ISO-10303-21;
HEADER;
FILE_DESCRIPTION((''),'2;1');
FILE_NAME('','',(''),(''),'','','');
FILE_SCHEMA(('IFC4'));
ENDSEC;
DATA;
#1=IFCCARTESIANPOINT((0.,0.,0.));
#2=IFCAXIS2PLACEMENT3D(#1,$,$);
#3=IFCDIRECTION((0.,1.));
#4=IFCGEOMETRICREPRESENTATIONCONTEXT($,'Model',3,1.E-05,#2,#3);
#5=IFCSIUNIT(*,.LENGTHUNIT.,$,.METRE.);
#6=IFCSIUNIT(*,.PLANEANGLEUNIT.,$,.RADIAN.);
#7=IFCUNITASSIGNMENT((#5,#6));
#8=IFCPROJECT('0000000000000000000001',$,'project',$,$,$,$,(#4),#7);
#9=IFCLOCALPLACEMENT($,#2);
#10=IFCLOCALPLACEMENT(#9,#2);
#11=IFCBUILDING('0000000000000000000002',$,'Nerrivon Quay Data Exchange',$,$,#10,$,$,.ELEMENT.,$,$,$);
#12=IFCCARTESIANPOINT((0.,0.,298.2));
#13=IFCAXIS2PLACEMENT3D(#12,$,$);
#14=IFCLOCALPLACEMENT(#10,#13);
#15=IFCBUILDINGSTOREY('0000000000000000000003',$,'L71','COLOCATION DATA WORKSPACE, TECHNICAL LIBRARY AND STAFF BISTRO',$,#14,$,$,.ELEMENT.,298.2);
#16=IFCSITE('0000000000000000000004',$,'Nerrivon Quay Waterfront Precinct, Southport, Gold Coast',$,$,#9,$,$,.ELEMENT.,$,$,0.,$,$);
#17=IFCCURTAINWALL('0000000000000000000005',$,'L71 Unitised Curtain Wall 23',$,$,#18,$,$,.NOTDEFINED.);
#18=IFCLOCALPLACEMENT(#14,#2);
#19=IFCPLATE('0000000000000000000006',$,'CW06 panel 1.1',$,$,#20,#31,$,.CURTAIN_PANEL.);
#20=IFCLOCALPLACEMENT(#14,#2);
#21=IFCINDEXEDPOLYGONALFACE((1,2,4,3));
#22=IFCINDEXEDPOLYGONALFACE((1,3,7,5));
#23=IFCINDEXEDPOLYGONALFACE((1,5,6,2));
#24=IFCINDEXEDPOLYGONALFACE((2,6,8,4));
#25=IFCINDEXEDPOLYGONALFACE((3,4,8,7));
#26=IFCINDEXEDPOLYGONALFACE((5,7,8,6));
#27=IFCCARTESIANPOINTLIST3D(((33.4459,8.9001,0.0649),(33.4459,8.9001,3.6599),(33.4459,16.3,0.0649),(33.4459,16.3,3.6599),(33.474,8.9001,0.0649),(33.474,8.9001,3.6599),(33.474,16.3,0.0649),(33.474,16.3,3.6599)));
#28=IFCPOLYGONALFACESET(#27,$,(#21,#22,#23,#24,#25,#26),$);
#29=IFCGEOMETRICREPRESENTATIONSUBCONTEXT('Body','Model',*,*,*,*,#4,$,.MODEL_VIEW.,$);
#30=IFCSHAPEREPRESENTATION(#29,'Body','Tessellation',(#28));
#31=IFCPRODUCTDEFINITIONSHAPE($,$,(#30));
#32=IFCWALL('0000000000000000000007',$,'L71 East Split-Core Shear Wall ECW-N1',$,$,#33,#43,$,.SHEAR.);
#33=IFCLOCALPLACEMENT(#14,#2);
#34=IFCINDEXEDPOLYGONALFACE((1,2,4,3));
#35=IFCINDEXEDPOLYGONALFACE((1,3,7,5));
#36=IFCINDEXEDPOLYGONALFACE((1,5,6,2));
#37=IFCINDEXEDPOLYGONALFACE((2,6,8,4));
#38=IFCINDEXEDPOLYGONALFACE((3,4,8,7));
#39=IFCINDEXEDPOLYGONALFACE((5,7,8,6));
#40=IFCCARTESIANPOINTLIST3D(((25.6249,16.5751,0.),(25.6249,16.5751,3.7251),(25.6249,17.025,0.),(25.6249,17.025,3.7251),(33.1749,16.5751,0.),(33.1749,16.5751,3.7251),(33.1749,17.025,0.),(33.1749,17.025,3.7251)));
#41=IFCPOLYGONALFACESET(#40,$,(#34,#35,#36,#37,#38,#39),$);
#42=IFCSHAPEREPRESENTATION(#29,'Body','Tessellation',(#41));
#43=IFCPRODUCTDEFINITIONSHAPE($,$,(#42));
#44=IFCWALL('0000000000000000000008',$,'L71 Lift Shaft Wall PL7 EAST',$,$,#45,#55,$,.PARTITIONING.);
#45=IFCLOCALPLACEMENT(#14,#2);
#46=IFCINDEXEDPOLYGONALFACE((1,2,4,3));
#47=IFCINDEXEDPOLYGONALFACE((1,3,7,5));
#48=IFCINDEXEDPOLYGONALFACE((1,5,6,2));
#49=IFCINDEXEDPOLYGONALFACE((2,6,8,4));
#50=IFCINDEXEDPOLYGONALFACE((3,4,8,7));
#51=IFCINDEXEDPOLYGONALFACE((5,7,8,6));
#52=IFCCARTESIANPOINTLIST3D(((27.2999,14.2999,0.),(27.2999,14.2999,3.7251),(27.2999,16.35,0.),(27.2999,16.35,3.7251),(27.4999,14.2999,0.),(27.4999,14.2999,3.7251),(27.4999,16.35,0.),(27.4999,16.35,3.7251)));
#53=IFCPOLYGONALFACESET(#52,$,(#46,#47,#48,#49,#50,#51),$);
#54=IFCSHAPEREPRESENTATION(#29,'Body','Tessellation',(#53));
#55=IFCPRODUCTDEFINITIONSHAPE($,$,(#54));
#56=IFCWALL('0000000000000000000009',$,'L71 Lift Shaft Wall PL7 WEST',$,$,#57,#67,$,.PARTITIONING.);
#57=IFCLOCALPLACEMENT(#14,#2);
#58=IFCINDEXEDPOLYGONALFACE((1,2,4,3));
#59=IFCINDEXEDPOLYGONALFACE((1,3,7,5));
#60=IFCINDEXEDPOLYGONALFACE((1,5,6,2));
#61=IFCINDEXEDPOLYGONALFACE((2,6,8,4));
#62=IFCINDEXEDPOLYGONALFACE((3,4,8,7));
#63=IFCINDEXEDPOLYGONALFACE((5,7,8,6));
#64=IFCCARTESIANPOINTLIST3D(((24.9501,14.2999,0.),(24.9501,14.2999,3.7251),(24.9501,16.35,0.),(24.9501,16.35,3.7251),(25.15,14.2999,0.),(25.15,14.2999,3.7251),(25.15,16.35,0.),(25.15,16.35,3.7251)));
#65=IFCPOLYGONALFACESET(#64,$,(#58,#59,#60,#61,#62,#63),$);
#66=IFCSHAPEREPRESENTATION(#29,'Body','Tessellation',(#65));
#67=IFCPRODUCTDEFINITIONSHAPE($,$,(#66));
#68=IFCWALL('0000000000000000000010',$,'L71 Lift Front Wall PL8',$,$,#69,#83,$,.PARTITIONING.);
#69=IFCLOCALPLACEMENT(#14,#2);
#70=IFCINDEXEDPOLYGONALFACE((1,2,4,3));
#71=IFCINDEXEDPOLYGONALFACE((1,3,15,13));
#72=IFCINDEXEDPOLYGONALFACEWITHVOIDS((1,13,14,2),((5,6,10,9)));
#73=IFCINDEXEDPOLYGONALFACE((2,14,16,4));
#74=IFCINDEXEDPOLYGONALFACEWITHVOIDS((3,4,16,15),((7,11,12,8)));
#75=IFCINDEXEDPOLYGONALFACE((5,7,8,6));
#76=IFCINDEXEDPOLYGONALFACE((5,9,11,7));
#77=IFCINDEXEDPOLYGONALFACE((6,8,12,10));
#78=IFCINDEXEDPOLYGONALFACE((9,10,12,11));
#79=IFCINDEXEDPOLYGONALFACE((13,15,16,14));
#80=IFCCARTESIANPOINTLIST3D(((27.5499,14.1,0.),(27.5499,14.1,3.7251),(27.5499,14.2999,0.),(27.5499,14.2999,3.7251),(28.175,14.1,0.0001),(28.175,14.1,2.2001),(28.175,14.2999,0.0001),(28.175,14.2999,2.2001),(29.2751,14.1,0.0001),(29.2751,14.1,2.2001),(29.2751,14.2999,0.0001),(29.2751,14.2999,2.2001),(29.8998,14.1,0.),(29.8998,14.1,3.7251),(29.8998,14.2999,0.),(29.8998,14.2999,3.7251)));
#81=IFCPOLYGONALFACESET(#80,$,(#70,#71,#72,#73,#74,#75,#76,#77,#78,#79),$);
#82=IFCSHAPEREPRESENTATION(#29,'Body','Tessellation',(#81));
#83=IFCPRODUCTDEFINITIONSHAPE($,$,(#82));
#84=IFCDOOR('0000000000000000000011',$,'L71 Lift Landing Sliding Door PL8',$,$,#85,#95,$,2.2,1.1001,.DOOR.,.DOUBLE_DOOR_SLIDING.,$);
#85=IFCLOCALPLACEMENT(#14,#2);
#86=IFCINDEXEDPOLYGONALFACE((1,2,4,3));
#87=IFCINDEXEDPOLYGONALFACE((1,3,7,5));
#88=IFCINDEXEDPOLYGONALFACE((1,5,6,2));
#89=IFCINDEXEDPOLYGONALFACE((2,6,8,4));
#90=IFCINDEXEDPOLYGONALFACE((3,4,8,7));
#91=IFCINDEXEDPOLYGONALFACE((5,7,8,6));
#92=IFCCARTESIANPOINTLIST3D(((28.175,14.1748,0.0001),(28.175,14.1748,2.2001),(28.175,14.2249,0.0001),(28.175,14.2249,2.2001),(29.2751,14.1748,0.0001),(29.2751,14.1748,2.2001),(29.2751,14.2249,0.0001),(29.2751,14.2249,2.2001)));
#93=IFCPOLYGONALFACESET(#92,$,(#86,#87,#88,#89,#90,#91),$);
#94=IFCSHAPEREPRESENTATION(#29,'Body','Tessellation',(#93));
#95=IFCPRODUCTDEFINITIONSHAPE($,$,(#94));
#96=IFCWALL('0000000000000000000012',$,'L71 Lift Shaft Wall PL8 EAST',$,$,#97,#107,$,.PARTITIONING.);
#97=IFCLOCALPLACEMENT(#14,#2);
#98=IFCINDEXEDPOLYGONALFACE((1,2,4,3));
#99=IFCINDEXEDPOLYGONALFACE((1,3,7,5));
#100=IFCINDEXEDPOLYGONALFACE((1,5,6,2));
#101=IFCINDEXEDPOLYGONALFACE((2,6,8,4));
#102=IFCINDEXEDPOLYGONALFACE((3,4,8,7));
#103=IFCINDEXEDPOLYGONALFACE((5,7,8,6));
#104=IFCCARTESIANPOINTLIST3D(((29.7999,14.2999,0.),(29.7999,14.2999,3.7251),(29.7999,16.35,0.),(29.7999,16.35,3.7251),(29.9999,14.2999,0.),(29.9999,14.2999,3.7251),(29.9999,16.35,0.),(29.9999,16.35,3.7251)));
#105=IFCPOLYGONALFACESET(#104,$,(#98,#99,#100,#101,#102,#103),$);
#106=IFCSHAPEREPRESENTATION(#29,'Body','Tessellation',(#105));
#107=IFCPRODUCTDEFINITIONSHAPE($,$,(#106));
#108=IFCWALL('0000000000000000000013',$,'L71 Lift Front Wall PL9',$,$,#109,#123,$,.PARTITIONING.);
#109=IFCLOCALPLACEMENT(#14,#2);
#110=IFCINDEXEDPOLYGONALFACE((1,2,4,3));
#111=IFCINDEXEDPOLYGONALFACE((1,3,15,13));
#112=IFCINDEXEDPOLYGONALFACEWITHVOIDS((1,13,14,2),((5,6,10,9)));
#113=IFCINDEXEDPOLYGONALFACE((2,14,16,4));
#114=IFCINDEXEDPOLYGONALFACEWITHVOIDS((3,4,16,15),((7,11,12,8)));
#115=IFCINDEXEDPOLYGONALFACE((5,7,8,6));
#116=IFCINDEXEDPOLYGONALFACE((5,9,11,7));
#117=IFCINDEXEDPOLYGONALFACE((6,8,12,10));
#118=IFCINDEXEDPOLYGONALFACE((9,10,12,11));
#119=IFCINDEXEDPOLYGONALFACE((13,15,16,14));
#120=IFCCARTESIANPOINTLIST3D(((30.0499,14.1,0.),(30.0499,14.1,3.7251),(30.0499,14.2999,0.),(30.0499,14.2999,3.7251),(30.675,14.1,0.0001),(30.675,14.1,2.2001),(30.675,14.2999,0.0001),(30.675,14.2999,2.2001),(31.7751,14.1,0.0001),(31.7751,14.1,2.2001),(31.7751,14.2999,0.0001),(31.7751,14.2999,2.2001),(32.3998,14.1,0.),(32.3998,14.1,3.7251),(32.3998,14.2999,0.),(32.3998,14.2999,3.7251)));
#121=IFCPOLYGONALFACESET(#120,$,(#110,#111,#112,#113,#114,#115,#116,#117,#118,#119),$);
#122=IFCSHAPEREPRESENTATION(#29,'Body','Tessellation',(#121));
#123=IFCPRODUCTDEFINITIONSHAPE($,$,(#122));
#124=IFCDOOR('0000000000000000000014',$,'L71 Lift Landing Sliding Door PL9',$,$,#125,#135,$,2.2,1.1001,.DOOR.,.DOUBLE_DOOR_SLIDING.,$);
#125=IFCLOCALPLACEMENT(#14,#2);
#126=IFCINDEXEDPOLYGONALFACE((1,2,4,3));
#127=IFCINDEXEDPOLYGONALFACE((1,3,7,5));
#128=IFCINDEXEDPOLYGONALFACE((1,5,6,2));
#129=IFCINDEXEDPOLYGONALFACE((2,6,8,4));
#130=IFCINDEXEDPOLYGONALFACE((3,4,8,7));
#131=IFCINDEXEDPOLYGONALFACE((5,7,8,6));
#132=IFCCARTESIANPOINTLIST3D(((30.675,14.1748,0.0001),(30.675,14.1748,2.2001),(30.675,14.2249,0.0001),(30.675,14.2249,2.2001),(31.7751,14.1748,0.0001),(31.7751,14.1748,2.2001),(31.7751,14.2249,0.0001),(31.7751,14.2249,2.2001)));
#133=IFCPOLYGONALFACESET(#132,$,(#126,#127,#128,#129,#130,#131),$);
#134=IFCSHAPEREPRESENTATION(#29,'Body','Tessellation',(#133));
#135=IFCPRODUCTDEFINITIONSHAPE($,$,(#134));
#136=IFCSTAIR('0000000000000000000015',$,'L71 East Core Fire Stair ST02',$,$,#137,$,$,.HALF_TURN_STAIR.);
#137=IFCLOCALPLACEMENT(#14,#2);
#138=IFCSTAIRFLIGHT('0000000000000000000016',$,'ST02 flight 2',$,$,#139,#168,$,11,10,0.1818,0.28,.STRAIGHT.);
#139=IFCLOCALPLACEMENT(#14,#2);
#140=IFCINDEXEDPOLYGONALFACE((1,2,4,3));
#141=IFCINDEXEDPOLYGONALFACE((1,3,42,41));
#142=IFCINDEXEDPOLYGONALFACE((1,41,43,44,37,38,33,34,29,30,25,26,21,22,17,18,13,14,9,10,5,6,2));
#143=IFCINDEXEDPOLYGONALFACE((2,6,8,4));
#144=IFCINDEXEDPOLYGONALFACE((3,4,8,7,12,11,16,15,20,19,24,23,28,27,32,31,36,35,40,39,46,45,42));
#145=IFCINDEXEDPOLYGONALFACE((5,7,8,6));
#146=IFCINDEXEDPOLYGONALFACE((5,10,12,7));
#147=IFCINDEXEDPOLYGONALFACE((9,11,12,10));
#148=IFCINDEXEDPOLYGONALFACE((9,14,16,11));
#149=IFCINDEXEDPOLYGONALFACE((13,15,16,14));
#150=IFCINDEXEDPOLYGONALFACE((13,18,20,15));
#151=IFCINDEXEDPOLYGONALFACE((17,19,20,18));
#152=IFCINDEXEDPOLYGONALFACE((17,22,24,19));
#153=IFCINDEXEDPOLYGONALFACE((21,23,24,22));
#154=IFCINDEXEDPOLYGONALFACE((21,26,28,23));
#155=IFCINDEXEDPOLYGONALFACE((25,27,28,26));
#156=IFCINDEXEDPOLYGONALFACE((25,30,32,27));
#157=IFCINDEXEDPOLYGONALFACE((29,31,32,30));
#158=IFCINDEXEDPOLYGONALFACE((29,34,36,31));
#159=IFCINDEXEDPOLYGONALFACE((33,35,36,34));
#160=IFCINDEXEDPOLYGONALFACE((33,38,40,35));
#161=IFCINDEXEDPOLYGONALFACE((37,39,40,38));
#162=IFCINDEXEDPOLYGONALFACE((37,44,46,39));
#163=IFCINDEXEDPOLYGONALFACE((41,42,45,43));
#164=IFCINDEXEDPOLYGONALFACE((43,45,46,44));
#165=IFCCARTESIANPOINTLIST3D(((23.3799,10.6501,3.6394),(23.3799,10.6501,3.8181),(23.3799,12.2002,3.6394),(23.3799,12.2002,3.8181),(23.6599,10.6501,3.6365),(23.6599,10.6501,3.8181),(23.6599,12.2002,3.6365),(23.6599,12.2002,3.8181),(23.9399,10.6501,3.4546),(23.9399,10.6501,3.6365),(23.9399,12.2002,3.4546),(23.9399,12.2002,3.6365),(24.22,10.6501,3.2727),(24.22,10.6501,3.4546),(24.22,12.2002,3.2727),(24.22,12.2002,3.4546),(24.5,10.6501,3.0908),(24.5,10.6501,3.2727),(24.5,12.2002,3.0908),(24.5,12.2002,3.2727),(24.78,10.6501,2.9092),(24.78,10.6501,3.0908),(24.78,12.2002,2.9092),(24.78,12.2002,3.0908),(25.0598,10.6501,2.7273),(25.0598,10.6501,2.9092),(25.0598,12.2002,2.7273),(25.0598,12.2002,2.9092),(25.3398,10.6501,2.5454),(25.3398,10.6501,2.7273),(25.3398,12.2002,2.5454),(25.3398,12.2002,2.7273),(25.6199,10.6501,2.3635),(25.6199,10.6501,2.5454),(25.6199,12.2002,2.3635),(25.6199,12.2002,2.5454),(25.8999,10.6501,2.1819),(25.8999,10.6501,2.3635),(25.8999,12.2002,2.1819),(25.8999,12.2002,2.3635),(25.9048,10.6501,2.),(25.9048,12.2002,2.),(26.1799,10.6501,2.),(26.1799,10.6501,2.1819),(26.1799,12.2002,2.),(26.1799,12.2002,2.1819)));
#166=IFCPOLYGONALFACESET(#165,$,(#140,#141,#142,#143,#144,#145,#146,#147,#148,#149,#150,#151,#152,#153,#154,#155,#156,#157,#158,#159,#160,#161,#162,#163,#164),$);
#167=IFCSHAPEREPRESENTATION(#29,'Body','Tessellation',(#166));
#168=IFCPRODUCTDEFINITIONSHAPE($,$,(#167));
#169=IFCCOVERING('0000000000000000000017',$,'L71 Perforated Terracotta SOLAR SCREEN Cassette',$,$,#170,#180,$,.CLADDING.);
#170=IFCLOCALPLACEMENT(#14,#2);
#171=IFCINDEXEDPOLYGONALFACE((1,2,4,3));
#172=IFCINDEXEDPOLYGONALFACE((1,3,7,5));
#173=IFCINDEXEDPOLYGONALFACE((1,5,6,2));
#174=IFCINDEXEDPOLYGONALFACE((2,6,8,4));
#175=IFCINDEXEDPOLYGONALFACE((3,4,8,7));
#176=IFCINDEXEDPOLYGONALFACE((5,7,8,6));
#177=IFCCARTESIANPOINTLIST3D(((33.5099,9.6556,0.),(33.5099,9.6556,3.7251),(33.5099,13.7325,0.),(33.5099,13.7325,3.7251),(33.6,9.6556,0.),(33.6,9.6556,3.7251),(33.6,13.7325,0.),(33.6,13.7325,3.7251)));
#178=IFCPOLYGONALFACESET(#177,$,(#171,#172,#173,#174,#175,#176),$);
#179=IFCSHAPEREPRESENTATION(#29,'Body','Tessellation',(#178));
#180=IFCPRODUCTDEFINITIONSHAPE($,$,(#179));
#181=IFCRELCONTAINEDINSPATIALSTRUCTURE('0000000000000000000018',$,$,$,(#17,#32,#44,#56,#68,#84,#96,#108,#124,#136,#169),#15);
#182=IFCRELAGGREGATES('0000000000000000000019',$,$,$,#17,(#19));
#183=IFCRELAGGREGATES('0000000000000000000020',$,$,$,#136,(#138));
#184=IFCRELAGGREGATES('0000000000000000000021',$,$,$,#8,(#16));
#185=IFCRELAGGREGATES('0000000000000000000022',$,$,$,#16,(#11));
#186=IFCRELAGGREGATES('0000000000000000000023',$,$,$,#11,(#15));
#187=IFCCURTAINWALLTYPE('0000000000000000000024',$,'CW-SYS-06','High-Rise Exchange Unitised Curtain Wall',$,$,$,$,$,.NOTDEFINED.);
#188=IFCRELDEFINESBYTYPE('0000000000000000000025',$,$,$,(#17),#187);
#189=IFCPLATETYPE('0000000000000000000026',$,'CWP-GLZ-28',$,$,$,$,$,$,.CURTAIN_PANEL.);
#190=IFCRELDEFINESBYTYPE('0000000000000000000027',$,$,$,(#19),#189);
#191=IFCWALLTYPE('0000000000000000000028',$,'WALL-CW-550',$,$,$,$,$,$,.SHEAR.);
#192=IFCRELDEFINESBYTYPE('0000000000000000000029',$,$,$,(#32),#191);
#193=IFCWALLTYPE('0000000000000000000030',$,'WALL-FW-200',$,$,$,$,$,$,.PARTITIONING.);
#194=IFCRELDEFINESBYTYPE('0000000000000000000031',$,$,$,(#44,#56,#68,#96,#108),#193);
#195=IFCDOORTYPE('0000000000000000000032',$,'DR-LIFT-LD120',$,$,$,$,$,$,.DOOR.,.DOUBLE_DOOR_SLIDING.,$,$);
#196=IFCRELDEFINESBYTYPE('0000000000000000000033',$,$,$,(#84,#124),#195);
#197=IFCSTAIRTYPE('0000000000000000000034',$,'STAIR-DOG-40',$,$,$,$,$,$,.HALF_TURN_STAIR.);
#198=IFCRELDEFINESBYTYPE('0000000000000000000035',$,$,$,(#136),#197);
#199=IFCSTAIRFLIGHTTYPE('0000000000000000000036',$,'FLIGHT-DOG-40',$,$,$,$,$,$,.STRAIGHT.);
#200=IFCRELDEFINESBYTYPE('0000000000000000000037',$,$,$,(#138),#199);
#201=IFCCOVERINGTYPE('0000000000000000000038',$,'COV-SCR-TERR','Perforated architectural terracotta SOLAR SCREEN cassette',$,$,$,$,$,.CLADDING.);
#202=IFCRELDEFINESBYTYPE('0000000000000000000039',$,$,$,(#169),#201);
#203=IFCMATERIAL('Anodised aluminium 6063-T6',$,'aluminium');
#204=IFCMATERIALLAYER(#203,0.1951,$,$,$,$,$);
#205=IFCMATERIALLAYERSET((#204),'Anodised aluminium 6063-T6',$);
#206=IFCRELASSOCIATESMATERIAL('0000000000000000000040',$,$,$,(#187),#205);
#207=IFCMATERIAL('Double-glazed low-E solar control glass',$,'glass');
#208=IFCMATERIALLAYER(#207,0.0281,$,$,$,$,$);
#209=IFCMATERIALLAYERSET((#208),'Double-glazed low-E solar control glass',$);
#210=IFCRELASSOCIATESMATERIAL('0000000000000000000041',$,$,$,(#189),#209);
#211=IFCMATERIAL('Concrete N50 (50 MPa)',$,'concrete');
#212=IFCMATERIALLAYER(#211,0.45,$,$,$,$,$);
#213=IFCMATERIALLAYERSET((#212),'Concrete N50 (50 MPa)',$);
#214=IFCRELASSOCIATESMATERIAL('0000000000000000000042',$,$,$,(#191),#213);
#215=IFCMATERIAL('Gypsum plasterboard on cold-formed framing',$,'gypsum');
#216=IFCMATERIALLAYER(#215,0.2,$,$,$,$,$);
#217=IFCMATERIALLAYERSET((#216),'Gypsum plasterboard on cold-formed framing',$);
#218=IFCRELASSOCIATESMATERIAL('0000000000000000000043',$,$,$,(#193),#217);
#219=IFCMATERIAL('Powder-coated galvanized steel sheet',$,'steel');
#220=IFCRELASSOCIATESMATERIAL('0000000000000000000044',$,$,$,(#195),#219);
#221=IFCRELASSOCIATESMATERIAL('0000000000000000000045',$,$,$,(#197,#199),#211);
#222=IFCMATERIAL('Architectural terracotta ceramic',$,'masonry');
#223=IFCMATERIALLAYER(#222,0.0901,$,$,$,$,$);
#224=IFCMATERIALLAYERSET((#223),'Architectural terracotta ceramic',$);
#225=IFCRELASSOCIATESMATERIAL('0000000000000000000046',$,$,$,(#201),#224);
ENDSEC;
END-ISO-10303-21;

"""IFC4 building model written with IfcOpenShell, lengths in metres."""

from ifc_helpers import new_model, si_unit, direction, frame, frame_2d, origin, origin_2d, place, context, subcontext, project, spatial, polyline, rectangle, outline, extrude, material, layer, layer_set, type_object, element, fill, aggregate, save


model = new_model("IFC4")

# Units and contexts
model_context = context("Model", 3, precision=1e-05, world=origin(), true_north=direction((0.0, 1.0)))
body_context = subcontext(model_context, "Body", "Model", "MODEL_VIEW")
ifc_project = project(units=[si_unit("LENGTHUNIT", "METRE"), si_unit("PLANEANGLEUNIT", "RADIAN")], contexts=[model_context])

# Site, building, storey
site_placement = place(None, origin())
site = spatial("IfcSite", under=ifc_project, at=site_placement, Name="Nerrivon Quay Waterfront Precinct, Southport, Gold Coast", CompositionType="ELEMENT", RefElevation=0.0)
building_placement = place(site_placement, origin())
building = spatial("IfcBuilding", under=site, at=building_placement, Name="Nerrivon Quay Data Exchange", CompositionType="ELEMENT")
storey_placement = place(building_placement, frame((0.0, 0.0, 298.2)))
storey = spatial("IfcBuildingStorey", under=building, at=storey_placement, Name="L71", Description="COLOCATION DATA WORKSPACE, TECHNICAL LIBRARY AND STAFF BISTRO", CompositionType="ELEMENT", Elevation=298.2)

# Shared definitions
ifc_material_1 = material(Name="Concrete N50 (50 MPa)", Category="concrete")

# Curtain wall, plate
ifc_material_2 = material(Name="Anodised aluminium 6063-T6", Category="aluminium")
ifc_layer_1 = layer(ifc_material_2, 0.1951)
ifc_layer_set_1 = layer_set([ifc_layer_1], Name="Anodised aluminium 6063-T6")
curtain_wall_type = type_object("IfcCurtainWallType", Name="CW-SYS-06", Description="High-Rise Exchange Unitised Curtain Wall", PredefinedType="NOTDEFINED", material=ifc_layer_set_1)
curtain_wall_placement = place(storey_placement, origin())
curtain_wall = element("IfcCurtainWall", 1, at=curtain_wall_placement, inside=storey, type_object=curtain_wall_type, Name="L71 Unitised Curtain Wall 23", PredefinedType="NOTDEFINED")
ifc_material_3 = material(Name="Double-glazed low-E solar control glass", Category="glass")
ifc_layer_2 = layer(ifc_material_3, 0.0281)
ifc_layer_set_2 = layer_set([ifc_layer_2], Name="Double-glazed low-E solar control glass")
plate_type = type_object("IfcPlateType", Name="CWP-GLZ-28", PredefinedType="CURTAIN_PANEL", material=ifc_layer_set_2)
plate_placement = place(storey_placement, frame((33.46, 12.6001, 0.0649), z_axis=(0.0, 0.0, 1.0), x_axis=(0.0, -1.0, 0.0)))
plate = element("IfcPlate", 2, at=plate_placement, type_object=plate_type, Name="CW06 panel 1.1", PredefinedType="CURTAIN_PANEL", context=body_context, shape_type="SweptSolid", body=[
    extrude(rectangle(XDim=7.3999, YDim=0.0281, at=origin_2d()), origin(), (0.0, 0.0, 1.0), 3.595),
])
aggregate(curtain_wall, [plate])

# Walls
ifc_layer_3 = layer(ifc_material_1, 0.45)
ifc_layer_set_3 = layer_set([ifc_layer_3], Name="Concrete N50 (50 MPa)")
wall_type_1 = type_object("IfcWallType", Name="WALL-CW-550", PredefinedType="SHEAR", material=ifc_layer_set_3)
wall_1_placement = place(storey_placement, frame((25.625, 16.8, 0.0), z_axis=(0.0, 0.0, 1.0), x_axis=(1.0, 0.0, 0.0)))
element("IfcWall", 3, at=wall_1_placement, inside=storey, type_object=wall_type_1, Name="L71 East Split-Core Shear Wall ECW-N1", PredefinedType="SHEAR", context=body_context, shape_type="SweptSolid", body=[
    extrude(rectangle(XDim=7.55, YDim=0.45, at=frame_2d((3.7749, 0.0))), origin(), (0.0, 0.0, 1.0), 3.7251),
])
ifc_material_4 = material(Name="Gypsum plasterboard on cold-formed framing", Category="gypsum")
ifc_layer_4 = layer(ifc_material_4, 0.2)
ifc_layer_set_4 = layer_set([ifc_layer_4], Name="Gypsum plasterboard on cold-formed framing")
wall_type_2 = type_object("IfcWallType", Name="WALL-FW-200", PredefinedType="PARTITIONING", material=ifc_layer_set_4)
for number, where, z_axis, x_axis, name in (
    (4, (27.3999, 14.3, 0.0), (0.0, 0.0, 1.0), (0.0, 1.0, 0.0), "L71 Lift Shaft Wall PL7 EAST"),
    (5, (25.05, 14.3, 0.0), (0.0, 0.0, 1.0), (0.0, 1.0, 0.0), "L71 Lift Shaft Wall PL7 WEST"),
):
    element("IfcWall", number, at=place(storey_placement, frame(where, z_axis=z_axis, x_axis=x_axis)), inside=storey, type_object=wall_type_2, Name=name, PredefinedType="PARTITIONING", context=body_context, shape_type="SweptSolid", body=[
        extrude(rectangle(XDim=2.05, YDim=0.2, at=frame_2d((1.0249, 0.0))), origin(), (0.0, 0.0, 1.0), 3.7251),
    ])

# Wall, opening, door
wall_2_placement = place(storey_placement, frame((27.55, 14.2, 0.0), z_axis=(0.0, 0.0, 1.0), x_axis=(1.0, 0.0, 0.0)))
wall_2 = element("IfcWall", 6, at=wall_2_placement, inside=storey, type_object=wall_type_2, Name="L71 Lift Front Wall PL8", PredefinedType="PARTITIONING", context=body_context, shape_type="SweptSolid", body=[
    extrude(rectangle(XDim=2.3499, YDim=0.2, at=frame_2d((1.1748, 0.0))), origin(), (0.0, 0.0, 1.0), 3.7251),
])
opening_1_placement = place(wall_2_placement, frame((0.625, 0.0, 0.0)))
opening_1 = element("IfcOpeningElement", 7, at=opening_1_placement, cuts=wall_2, PredefinedType="OPENING", context=body_context, shape_type="SweptSolid", body=[
    extrude(rectangle(XDim=1.1001, YDim=2.2, at=frame_2d((0.55, 1.1001))), frame((0.0, 0.1099, 0.0), z_axis=(0.0, -1.0, 0.0), x_axis=(1.0, 0.0, 0.0)), (0.0, 0.0, 1.0), 0.22),
])
ifc_material_5 = material(Name="Powder-coated galvanized steel sheet", Category="steel")
door_type_1 = type_object("IfcDoorType", Name="DR-LIFT-LD120", OperationType="DOUBLE_DOOR_SLIDING", PredefinedType="DOOR", material=ifc_material_5)
door_1_placement = place(opening_1_placement, origin())
door_1 = element("IfcDoor", 8, at=door_1_placement, inside=storey, type_object=door_type_1, Name="L71 Lift Landing Sliding Door PL8", OperationType="DOUBLE_DOOR_SLIDING", OverallHeight=2.2, OverallWidth=1.1001, PredefinedType="DOOR", context=body_context, shape_type="SweptSolid", body=[
    extrude(rectangle(XDim=1.1001, YDim=2.2, at=frame_2d((0.55, 1.1001))), frame((0.0, 0.0249, 0.0), z_axis=(0.0, -1.0, 0.0), x_axis=(1.0, 0.0, 0.0)), (0.0, 0.0, 1.0), 0.05),
])
fill(opening_1, door_1)

# Wall
wall_3_placement = place(storey_placement, frame((29.8999, 14.3, 0.0), z_axis=(0.0, 0.0, 1.0), x_axis=(0.0, 1.0, 0.0)))
element("IfcWall", 9, at=wall_3_placement, inside=storey, type_object=wall_type_2, Name="L71 Lift Shaft Wall PL8 EAST", PredefinedType="PARTITIONING", context=body_context, shape_type="SweptSolid", body=[
    extrude(rectangle(XDim=2.05, YDim=0.2, at=frame_2d((1.0249, 0.0))), origin(), (0.0, 0.0, 1.0), 3.7251),
])

# Wall, opening, door
wall_4_placement = place(storey_placement, frame((30.05, 14.2, 0.0), z_axis=(0.0, 0.0, 1.0), x_axis=(1.0, 0.0, 0.0)))
wall_4 = element("IfcWall", 10, at=wall_4_placement, inside=storey, type_object=wall_type_2, Name="L71 Lift Front Wall PL9", PredefinedType="PARTITIONING", context=body_context, shape_type="SweptSolid", body=[
    extrude(rectangle(XDim=2.3499, YDim=0.2, at=frame_2d((1.1748, 0.0))), origin(), (0.0, 0.0, 1.0), 3.7251),
])
opening_2_placement = place(wall_4_placement, frame((0.625, 0.0, 0.0)))
opening_2 = element("IfcOpeningElement", 11, at=opening_2_placement, cuts=wall_4, PredefinedType="OPENING", context=body_context, shape_type="SweptSolid", body=[
    extrude(rectangle(XDim=1.1001, YDim=2.2, at=frame_2d((0.55, 1.1001))), frame((0.0, 0.1099, 0.0), z_axis=(0.0, -1.0, 0.0), x_axis=(1.0, 0.0, 0.0)), (0.0, 0.0, 1.0), 0.22),
])
door_2_placement = place(opening_2_placement, origin())
door_2 = element("IfcDoor", 12, at=door_2_placement, inside=storey, type_object=door_type_1, Name="L71 Lift Landing Sliding Door PL9", OperationType="DOUBLE_DOOR_SLIDING", OverallHeight=2.2, OverallWidth=1.1001, PredefinedType="DOOR", context=body_context, shape_type="SweptSolid", body=[
    extrude(rectangle(XDim=1.1001, YDim=2.2, at=frame_2d((0.55, 1.1001))), frame((0.0, 0.0249, 0.0), z_axis=(0.0, -1.0, 0.0), x_axis=(1.0, 0.0, 0.0)), (0.0, 0.0, 1.0), 0.05),
])
fill(opening_2, door_2)

# Stair, stair flight
stair_type = type_object("IfcStairType", Name="STAIR-DOG-40", PredefinedType="HALF_TURN_STAIR", material=ifc_material_1)
stair_placement = place(storey_placement, origin())
stair = element("IfcStair", 13, at=stair_placement, inside=storey, type_object=stair_type, Name="L71 East Core Fire Stair ST02", PredefinedType="HALF_TURN_STAIR")
stair_flight_type = type_object("IfcStairFlightType", Name="FLIGHT-DOG-40", PredefinedType="STRAIGHT", material=ifc_material_1)
stair_flight_placement = place(storey_placement, frame((26.1799, 11.425, 2.0), z_axis=(0.0, 0.0, 1.0), x_axis=(-1.0, 0.0, 0.0)))
stair_flight = element("IfcStairFlight", 14, at=stair_flight_placement, type_object=stair_flight_type, Name="ST02 flight 2", NumberOfRisers=11, NumberOfTreads=10, PredefinedType="STRAIGHT", RiserHeight=0.1818, TreadLength=0.28, context=body_context, shape_type="SweptSolid", body=[
    extrude(outline(polyline([(0.0, 0.0), (0.0, 0.1819), (0.28, 0.1819), (0.28, 0.3635), (0.5601, 0.3635), (0.5601, 0.5454), (0.8401, 0.5454), (0.8401, 0.7273), (1.1201, 0.7273), (1.1201, 0.9092), (1.3999, 0.9092), (1.3999, 1.0908), (1.6799, 1.0908), (1.6799, 1.2727), (1.96, 1.2727), (1.96, 1.4546), (2.24, 1.4546), (2.24, 1.6365), (2.52, 1.6365), (2.52, 1.8181), (2.8, 1.8181), (2.8, 2.0), (2.8, 1.6394), (0.2751, 0.0), (0.0, 0.0)])), frame((0.0, 0.7749, 0.0), z_axis=(0.0, -1.0, 0.0), x_axis=(1.0, 0.0, 0.0)), (0.0, 0.0, 1.0), 1.55),
])
aggregate(stair, [stair_flight])

# Covering
ifc_material_6 = material(Name="Architectural terracotta ceramic", Category="masonry")
ifc_layer_5 = layer(ifc_material_6, 0.0901)
ifc_layer_set_5 = layer_set([ifc_layer_5], Name="Architectural terracotta ceramic")
covering_type = type_object("IfcCoveringType", Name="COV-SCR-TERR", Description="Perforated architectural terracotta SOLAR SCREEN cassette", PredefinedType="CLADDING", material=ifc_layer_set_5)
covering_placement = place(storey_placement, frame((33.5549, 11.6941, 0.0), z_axis=(0.0, 0.0, 1.0), x_axis=(0.0, -1.0, 0.0)))
element("IfcCovering", 15, at=covering_placement, inside=storey, type_object=covering_type, Name="L71 Perforated Terracotta SOLAR SCREEN Cassette", PredefinedType="CLADDING", context=body_context, shape_type="SweptSolid", body=[
    extrude(rectangle(XDim=4.0769, YDim=0.0901, at=origin_2d()), origin(), (0.0, 0.0, 1.0), 3.7251),
])

save(model, "model.ifc")
